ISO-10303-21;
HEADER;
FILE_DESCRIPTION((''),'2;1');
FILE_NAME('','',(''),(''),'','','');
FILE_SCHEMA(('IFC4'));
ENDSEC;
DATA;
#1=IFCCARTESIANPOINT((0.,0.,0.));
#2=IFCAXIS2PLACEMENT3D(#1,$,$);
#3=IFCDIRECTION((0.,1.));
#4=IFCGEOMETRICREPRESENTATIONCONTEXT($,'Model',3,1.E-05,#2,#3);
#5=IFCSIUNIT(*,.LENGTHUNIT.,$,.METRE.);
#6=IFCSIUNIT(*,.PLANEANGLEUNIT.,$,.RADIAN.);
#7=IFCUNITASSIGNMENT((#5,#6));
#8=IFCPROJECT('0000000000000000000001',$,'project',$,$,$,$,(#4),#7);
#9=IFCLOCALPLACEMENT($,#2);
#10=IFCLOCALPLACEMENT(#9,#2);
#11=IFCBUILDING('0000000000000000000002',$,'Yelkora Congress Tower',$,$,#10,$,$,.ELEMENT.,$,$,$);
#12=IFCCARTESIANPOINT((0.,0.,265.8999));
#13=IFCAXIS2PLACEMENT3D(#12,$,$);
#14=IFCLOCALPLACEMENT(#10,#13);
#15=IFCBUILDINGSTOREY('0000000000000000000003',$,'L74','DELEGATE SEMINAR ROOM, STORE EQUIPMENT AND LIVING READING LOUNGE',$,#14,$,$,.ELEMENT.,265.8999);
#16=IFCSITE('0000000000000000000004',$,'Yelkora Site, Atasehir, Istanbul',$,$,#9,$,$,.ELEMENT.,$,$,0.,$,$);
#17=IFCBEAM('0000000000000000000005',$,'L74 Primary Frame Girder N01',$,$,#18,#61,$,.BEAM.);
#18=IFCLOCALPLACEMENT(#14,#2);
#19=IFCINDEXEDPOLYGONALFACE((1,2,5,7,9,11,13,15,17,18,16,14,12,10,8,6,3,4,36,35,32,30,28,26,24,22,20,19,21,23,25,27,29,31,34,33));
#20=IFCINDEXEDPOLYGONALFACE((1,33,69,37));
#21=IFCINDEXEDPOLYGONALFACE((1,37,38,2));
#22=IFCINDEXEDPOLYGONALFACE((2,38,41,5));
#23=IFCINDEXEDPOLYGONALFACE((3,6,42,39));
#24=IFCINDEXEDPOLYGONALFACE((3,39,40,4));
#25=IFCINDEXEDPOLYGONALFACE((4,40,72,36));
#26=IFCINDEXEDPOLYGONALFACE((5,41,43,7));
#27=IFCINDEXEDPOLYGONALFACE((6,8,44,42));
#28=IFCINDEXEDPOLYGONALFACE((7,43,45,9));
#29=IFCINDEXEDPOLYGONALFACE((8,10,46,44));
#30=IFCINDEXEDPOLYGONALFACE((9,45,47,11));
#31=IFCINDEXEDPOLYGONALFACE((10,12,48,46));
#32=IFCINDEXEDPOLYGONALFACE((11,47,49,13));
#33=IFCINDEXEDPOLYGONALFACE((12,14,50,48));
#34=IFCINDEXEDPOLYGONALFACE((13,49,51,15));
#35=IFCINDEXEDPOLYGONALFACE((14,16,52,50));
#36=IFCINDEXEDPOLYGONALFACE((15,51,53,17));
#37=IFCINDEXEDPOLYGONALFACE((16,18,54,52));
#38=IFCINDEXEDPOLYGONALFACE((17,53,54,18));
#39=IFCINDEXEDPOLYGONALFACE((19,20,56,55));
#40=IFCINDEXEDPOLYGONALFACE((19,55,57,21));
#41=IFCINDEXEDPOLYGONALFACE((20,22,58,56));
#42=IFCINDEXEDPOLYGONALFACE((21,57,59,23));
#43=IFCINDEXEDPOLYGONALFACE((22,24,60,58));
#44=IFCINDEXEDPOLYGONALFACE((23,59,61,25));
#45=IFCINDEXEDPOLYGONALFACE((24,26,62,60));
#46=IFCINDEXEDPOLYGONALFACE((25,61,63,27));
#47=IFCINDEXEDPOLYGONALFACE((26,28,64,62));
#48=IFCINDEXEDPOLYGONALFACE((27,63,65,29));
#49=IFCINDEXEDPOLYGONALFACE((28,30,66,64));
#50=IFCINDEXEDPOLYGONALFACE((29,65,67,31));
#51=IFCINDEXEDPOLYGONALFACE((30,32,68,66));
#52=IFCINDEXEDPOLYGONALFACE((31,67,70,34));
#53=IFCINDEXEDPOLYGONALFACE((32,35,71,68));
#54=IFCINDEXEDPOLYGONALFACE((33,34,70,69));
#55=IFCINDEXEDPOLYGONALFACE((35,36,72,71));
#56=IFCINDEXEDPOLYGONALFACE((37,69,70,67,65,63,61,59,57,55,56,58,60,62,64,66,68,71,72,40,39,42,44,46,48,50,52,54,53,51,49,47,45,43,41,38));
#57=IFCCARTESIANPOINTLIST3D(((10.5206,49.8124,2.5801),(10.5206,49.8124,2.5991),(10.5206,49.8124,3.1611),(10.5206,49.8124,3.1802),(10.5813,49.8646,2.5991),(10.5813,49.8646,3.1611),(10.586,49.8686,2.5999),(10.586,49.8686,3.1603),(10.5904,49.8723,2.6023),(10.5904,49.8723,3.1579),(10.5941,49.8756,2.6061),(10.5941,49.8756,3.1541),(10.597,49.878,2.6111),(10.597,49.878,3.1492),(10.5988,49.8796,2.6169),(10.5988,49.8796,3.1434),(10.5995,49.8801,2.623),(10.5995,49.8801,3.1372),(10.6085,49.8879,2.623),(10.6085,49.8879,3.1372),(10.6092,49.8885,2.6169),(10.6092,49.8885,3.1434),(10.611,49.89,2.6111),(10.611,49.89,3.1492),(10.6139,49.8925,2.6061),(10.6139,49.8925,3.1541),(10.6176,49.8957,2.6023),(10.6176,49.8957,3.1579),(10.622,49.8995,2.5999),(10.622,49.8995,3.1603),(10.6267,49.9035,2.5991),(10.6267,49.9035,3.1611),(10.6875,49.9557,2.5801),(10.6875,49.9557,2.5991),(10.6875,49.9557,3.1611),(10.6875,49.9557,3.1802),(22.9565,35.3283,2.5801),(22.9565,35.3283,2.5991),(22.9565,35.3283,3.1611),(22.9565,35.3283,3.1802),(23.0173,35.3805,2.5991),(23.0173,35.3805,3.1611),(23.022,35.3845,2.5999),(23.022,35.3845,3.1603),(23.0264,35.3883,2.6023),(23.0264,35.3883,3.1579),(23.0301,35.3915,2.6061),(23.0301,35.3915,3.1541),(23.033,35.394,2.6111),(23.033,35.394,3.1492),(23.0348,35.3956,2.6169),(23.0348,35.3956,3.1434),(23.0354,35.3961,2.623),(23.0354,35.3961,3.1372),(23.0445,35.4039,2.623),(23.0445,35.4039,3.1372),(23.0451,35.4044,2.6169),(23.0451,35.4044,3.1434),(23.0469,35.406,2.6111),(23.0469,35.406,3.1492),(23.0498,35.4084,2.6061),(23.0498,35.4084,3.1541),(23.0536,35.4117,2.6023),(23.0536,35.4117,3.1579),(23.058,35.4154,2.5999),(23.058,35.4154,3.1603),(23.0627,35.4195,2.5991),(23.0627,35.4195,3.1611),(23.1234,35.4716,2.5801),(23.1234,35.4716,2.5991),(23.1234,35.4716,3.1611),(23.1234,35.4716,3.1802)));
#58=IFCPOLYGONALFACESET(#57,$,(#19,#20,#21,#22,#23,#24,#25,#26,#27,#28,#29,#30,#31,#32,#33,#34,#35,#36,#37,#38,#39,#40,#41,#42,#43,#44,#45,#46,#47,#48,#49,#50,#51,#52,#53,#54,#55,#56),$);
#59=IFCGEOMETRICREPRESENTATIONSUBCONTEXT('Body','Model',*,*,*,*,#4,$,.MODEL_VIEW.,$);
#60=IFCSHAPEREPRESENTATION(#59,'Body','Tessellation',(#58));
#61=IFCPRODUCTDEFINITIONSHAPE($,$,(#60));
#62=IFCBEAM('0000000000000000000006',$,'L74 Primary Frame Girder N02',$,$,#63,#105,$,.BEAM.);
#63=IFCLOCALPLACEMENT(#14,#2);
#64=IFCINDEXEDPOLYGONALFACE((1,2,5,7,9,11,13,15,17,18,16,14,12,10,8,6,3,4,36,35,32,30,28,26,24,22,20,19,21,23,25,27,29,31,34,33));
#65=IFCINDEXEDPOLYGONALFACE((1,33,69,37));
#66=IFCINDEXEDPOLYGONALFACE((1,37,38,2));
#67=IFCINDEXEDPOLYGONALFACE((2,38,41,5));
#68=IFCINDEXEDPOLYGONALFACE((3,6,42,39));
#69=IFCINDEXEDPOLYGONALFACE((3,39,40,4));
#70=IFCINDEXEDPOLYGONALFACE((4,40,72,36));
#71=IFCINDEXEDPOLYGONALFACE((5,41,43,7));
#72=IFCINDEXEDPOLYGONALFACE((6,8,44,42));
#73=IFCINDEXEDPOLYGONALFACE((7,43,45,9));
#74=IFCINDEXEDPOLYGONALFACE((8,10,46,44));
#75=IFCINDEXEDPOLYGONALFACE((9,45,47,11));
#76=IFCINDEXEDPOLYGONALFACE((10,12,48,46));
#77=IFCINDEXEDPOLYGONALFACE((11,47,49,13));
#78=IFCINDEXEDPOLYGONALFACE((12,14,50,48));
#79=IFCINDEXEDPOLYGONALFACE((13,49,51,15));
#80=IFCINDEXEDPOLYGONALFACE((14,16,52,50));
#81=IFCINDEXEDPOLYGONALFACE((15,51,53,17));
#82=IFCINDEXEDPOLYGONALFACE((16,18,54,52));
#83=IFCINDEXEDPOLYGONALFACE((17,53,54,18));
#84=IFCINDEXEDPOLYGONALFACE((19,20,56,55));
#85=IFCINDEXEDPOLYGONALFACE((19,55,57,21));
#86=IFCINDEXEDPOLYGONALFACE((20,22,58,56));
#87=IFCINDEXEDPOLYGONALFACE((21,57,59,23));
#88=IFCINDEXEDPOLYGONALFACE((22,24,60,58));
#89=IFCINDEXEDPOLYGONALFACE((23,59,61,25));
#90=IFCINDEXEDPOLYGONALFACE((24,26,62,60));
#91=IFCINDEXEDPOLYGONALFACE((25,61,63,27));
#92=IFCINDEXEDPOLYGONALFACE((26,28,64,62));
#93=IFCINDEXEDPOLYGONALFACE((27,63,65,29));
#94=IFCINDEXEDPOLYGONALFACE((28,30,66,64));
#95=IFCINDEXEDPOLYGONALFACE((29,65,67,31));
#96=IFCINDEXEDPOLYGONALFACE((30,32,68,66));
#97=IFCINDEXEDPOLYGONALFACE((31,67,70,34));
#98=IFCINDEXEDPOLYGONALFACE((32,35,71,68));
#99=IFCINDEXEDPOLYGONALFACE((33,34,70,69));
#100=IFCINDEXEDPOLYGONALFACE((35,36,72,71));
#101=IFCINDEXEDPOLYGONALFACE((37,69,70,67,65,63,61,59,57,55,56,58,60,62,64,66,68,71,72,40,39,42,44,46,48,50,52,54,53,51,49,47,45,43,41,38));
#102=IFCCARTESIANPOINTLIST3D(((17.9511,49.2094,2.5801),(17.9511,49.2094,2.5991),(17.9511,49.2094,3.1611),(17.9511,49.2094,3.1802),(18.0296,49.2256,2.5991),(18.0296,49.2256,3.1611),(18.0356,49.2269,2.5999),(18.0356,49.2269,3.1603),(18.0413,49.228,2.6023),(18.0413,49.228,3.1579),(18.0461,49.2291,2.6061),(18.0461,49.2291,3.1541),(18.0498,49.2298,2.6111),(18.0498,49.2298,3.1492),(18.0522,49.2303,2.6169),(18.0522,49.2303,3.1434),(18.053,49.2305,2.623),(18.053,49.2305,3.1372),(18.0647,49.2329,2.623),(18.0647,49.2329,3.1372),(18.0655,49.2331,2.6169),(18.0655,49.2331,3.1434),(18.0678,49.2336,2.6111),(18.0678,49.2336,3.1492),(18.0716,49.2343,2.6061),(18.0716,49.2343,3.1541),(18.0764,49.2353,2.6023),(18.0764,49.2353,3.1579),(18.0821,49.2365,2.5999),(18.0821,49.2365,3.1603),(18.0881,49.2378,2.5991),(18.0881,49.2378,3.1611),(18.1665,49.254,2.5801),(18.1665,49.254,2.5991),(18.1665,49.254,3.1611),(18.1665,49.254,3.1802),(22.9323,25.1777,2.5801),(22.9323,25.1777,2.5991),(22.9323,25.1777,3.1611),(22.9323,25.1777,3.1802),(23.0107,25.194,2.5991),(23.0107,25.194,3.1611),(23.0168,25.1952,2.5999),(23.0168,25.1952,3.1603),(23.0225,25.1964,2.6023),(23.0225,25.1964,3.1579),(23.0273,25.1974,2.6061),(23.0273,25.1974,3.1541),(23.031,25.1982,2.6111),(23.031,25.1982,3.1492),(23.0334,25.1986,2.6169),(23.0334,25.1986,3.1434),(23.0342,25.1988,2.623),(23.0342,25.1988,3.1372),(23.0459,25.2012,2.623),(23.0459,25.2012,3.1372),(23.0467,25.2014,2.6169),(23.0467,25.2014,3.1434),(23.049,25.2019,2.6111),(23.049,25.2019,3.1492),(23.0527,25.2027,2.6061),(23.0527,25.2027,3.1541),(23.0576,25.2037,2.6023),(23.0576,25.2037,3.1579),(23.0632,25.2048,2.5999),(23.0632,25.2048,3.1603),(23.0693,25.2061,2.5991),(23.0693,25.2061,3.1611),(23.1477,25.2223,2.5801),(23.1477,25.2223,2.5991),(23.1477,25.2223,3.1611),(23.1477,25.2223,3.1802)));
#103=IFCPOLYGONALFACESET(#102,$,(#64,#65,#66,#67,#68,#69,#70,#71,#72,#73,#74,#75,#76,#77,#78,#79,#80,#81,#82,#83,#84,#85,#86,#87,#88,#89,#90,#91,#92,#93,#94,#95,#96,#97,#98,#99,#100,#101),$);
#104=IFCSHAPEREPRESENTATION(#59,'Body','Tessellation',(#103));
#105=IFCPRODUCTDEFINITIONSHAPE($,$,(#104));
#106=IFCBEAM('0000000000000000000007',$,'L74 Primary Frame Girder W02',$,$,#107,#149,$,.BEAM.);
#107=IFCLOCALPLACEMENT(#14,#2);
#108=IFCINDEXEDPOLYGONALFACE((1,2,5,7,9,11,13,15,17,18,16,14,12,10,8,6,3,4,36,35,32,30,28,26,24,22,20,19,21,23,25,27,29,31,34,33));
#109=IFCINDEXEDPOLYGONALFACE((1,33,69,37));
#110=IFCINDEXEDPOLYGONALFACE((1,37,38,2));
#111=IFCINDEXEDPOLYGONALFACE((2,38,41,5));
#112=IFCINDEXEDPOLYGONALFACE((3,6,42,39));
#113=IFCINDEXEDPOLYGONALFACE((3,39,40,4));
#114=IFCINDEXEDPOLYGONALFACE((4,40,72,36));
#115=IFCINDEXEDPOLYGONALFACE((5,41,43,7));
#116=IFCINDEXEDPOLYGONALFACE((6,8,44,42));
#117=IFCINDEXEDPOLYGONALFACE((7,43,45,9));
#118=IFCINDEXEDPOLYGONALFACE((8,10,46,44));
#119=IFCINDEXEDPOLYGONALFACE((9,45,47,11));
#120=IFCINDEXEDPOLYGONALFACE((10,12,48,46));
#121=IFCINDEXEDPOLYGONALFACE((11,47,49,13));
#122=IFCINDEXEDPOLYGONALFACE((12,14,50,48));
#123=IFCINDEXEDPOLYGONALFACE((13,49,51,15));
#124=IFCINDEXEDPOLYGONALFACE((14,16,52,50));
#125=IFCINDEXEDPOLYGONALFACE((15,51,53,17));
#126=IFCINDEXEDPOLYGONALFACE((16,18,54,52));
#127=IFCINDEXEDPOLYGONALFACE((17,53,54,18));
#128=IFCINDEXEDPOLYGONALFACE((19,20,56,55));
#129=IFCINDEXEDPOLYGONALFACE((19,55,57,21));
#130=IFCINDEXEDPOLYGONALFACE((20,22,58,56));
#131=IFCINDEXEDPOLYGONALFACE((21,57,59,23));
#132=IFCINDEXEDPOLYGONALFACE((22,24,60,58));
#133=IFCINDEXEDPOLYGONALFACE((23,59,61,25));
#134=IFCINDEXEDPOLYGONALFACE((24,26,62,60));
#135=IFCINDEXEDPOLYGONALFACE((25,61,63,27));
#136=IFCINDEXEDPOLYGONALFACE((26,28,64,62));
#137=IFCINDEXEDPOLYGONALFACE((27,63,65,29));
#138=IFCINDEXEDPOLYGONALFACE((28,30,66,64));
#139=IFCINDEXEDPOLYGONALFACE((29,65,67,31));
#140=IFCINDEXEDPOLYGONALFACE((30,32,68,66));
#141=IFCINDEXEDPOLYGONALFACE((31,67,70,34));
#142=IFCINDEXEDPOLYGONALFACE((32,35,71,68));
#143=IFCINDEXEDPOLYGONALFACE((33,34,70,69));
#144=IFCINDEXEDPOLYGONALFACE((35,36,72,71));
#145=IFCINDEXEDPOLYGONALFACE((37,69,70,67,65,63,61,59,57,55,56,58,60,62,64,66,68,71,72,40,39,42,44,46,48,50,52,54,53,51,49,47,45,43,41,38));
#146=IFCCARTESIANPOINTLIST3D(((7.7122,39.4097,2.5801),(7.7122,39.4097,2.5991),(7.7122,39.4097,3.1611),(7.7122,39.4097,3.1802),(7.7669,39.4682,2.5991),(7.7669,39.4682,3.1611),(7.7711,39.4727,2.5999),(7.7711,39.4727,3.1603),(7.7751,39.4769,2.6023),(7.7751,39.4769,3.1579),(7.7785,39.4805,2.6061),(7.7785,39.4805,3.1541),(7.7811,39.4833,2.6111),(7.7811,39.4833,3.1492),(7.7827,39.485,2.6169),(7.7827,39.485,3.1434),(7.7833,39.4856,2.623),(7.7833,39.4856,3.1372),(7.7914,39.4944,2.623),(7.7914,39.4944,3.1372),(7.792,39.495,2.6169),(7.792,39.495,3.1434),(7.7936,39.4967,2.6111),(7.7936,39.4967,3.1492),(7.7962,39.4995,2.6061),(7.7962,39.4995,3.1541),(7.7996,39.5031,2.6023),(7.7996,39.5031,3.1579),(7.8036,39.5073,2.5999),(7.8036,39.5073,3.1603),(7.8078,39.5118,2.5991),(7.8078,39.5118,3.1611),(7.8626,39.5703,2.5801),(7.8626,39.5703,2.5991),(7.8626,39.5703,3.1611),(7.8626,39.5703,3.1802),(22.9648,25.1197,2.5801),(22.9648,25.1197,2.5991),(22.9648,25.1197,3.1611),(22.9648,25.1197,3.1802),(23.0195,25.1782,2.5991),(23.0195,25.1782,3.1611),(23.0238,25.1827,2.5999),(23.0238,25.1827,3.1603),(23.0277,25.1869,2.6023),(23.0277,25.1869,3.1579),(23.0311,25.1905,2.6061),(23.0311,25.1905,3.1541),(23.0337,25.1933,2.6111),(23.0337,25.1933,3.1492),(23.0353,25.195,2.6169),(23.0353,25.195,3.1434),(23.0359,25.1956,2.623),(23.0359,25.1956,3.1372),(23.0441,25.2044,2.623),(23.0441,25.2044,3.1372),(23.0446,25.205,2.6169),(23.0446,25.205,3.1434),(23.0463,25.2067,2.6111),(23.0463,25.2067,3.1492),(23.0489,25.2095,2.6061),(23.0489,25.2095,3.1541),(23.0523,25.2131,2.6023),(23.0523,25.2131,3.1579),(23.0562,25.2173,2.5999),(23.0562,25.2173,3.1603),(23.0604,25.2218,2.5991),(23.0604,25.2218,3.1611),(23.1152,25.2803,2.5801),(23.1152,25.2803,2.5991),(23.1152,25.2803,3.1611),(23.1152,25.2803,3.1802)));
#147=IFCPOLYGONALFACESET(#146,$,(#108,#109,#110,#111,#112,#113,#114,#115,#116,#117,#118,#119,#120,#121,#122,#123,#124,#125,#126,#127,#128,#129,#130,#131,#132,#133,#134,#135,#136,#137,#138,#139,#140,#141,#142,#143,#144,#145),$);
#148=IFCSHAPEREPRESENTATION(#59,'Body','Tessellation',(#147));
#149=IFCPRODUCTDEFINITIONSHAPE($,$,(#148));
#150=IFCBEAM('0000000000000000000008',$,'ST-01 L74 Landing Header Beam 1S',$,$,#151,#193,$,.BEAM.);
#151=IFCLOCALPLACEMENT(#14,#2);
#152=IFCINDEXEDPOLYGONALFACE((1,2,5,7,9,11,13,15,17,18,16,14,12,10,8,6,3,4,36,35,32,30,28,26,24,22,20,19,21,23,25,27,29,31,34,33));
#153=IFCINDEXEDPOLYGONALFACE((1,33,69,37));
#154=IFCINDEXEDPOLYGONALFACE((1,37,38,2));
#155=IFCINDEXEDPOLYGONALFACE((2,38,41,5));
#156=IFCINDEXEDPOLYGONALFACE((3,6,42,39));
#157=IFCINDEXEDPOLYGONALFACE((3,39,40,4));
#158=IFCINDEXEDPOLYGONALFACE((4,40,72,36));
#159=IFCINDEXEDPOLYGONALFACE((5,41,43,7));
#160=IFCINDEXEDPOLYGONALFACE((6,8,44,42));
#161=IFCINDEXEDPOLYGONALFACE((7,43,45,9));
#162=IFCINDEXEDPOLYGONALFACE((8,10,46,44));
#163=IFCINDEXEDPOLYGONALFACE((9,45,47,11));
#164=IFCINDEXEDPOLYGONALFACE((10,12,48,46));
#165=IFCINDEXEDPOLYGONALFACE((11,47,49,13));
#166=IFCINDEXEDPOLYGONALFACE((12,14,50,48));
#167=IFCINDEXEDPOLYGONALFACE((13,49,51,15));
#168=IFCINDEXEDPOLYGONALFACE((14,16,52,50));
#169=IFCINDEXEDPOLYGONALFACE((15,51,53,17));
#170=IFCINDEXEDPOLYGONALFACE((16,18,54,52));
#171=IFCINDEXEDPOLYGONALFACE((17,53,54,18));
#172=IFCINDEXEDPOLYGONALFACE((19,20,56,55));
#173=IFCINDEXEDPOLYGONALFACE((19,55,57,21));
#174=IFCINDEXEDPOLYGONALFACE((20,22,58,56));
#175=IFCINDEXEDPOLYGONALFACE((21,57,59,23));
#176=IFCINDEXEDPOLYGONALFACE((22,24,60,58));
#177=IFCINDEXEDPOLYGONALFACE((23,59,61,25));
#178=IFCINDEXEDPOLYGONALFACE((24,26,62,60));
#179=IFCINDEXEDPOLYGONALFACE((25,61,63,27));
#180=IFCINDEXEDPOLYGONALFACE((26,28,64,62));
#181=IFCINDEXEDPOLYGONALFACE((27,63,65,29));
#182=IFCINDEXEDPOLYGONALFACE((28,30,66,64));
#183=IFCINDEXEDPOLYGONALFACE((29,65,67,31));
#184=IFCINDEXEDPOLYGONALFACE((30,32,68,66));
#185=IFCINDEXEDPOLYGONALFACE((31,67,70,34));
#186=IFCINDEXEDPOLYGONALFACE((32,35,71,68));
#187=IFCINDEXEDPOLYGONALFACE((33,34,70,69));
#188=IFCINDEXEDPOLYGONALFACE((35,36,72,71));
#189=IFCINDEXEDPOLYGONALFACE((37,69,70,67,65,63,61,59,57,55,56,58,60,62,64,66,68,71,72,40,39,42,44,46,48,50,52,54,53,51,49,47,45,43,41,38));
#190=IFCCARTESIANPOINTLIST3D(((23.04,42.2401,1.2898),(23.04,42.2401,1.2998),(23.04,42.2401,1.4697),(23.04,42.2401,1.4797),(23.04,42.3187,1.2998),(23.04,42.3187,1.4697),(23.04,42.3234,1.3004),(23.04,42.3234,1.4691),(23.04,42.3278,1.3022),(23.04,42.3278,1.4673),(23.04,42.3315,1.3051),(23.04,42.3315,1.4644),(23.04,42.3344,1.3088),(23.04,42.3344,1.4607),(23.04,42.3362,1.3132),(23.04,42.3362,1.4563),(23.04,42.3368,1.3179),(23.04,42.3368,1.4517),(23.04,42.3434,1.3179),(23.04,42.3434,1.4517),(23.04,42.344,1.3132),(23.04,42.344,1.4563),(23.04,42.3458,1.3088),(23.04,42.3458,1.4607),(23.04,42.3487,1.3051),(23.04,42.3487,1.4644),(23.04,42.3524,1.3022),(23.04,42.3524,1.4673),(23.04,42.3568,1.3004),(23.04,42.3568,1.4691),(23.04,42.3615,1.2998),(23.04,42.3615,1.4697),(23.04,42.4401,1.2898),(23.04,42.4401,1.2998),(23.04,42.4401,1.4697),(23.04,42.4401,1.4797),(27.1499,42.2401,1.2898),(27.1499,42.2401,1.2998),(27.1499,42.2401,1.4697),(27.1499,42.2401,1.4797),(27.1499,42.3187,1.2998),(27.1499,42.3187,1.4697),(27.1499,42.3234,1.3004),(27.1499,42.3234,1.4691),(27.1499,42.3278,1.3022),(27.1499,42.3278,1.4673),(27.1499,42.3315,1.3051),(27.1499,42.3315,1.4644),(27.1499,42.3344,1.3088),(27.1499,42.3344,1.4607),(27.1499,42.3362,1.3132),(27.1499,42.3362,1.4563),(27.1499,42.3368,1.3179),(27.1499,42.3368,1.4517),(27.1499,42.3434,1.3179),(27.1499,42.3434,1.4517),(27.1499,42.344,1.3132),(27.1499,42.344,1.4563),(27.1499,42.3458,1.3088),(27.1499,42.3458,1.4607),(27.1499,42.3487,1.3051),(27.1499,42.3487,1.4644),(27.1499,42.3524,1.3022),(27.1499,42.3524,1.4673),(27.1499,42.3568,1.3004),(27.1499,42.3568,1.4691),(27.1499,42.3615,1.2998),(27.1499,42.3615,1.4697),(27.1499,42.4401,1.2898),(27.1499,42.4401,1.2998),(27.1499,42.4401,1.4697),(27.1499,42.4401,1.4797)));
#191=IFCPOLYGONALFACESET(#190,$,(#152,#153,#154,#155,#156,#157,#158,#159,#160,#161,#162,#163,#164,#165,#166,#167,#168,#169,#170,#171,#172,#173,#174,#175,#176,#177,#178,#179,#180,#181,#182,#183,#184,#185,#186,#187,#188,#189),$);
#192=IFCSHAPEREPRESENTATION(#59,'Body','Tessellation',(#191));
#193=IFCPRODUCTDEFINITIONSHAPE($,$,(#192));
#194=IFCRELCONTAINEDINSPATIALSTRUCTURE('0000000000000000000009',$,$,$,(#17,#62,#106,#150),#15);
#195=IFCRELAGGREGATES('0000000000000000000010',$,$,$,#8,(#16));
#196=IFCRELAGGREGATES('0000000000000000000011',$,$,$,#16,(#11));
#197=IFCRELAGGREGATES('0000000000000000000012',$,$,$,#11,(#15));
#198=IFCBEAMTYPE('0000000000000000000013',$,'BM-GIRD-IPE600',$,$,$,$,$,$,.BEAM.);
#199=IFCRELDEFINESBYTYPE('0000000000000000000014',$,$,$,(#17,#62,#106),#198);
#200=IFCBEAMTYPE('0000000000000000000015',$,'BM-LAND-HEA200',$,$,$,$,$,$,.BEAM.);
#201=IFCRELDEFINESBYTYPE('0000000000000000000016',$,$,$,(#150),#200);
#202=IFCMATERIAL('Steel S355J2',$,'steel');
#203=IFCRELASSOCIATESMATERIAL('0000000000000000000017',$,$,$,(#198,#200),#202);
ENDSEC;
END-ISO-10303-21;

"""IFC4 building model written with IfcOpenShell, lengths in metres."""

from ifc_helpers import new_model, si_unit, direction, frame, origin, origin_2d, place, context, subcontext, project, spatial, i_section, extrude, material, material_profile, profile_set, type_object, element, save


model = new_model("IFC4")

# Units and contexts
model_context = context("Model", 3, precision=1e-05, world=origin(), true_north=direction((0.0, 1.0)))
body_context = subcontext(model_context, "Body", "Model", "MODEL_VIEW")
ifc_project = project(units=[si_unit("LENGTHUNIT", "METRE"), si_unit("PLANEANGLEUNIT", "RADIAN")], contexts=[model_context])

# Site, building, storey
site_placement = place(None, origin())
site = spatial("IfcSite", under=ifc_project, at=site_placement, Name="Yelkora Site, Atasehir, Istanbul", CompositionType="ELEMENT", RefElevation=0.0)
building_placement = place(site_placement, origin())
building = spatial("IfcBuilding", under=site, at=building_placement, Name="Yelkora Congress Tower", CompositionType="ELEMENT")
storey_placement = place(building_placement, frame((0.0, 0.0, 265.8999)))
storey = spatial("IfcBuildingStorey", under=building, at=storey_placement, Name="L74", Description="DELEGATE SEMINAR ROOM, STORE EQUIPMENT AND LIVING READING LOUNGE", CompositionType="ELEMENT", Elevation=265.8999)

# Shared definitions
ifc_material_1 = material(Name="Steel S355J2", Category="steel")

# Beams
ifc_material_profile_1 = material_profile(ifc_material_1, i_section(OverallWidth=0.22, OverallDepth=0.6001, WebThickness=0.012, FlangeThickness=0.019, FilletRadius=0.0239, at=origin_2d()), Name="IPE 600")
ifc_profile_set_1 = profile_set([ifc_material_profile_1], Name="Steel S355J2")
beam_type_1 = type_object("IfcBeamType", Name="BM-GIRD-IPE600", PredefinedType="BEAM", material=ifc_profile_set_1)
beam_1_placement = place(storey_placement, frame((10.604, 49.884, 2.8801), z_axis=(0.651427, -0.758711, 0.0), x_axis=(0.758711, 0.651427, 0.0)))
element("IfcBeam", 1, at=beam_1_placement, inside=storey, type_object=beam_type_1, Name="L74 Primary Frame Girder N01", PredefinedType="BEAM", context=body_context, shape_type="SweptSolid", body=[
    extrude(i_section(OverallWidth=0.22, OverallDepth=0.6001, WebThickness=0.012, FlangeThickness=0.019, FilletRadius=0.0239, at=origin_2d()), origin(), (0.0, 0.0, 1.0), 19.0903),
])
beam_2_placement = place(storey_placement, frame((18.0588, 49.2317, 2.8801), z_axis=(0.202962, -0.979187, 0.0), x_axis=(0.979187, 0.202962, 0.0)))
element("IfcBeam", 2, at=beam_2_placement, inside=storey, type_object=beam_type_1, Name="L74 Primary Frame Girder N02", PredefinedType="BEAM", context=body_context, shape_type="SweptSolid", body=[
    extrude(i_section(OverallWidth=0.22, OverallDepth=0.6001, WebThickness=0.012, FlangeThickness=0.019, FilletRadius=0.0239, at=origin_2d()), origin(), (0.0, 0.0, 1.0), 24.5425),
])
beam_3_placement = place(storey_placement, frame((7.7874, 39.49, 2.8801), z_axis=(0.72976, -0.683703, 0.0), x_axis=(0.683703, 0.72976, 0.0)))
element("IfcBeam", 3, at=beam_3_placement, inside=storey, type_object=beam_type_1, Name="L74 Primary Frame Girder W02", PredefinedType="BEAM", context=body_context, shape_type="SweptSolid", body=[
    extrude(i_section(OverallWidth=0.22, OverallDepth=0.6001, WebThickness=0.012, FlangeThickness=0.019, FilletRadius=0.0239, at=origin_2d()), origin(), (0.0, 0.0, 1.0), 20.9009),
])
ifc_material_profile_2 = material_profile(ifc_material_1, i_section(OverallWidth=0.2, OverallDepth=0.1899, WebThickness=0.0066, FlangeThickness=0.01, FilletRadius=0.0181, at=origin_2d()), Name="HEA 200")
ifc_profile_set_2 = profile_set([ifc_material_profile_2], Name="Steel S355J2")
beam_type_2 = type_object("IfcBeamType", Name="BM-LAND-HEA200", PredefinedType="BEAM", material=ifc_profile_set_2)
for number, where, z_axis, x_axis, name in (
    (4, (23.04, 42.3401, 1.3848), (1.0, 0.0, 0.0), (0.0, 1.0, 0.0), "ST-01 L74 Landing Header Beam 1S"),
):
    element("IfcBeam", number, at=place(storey_placement, frame(where, z_axis=z_axis, x_axis=x_axis)), inside=storey, type_object=beam_type_2, Name=name, PredefinedType="BEAM", context=body_context, shape_type="SweptSolid", body=[
        extrude(i_section(OverallWidth=0.2, OverallDepth=0.1899, WebThickness=0.0066, FlangeThickness=0.01, FilletRadius=0.0181, at=origin_2d()), origin(), (0.0, 0.0, 1.0), 4.1099),
    ])

save(model, "model.ifc")
